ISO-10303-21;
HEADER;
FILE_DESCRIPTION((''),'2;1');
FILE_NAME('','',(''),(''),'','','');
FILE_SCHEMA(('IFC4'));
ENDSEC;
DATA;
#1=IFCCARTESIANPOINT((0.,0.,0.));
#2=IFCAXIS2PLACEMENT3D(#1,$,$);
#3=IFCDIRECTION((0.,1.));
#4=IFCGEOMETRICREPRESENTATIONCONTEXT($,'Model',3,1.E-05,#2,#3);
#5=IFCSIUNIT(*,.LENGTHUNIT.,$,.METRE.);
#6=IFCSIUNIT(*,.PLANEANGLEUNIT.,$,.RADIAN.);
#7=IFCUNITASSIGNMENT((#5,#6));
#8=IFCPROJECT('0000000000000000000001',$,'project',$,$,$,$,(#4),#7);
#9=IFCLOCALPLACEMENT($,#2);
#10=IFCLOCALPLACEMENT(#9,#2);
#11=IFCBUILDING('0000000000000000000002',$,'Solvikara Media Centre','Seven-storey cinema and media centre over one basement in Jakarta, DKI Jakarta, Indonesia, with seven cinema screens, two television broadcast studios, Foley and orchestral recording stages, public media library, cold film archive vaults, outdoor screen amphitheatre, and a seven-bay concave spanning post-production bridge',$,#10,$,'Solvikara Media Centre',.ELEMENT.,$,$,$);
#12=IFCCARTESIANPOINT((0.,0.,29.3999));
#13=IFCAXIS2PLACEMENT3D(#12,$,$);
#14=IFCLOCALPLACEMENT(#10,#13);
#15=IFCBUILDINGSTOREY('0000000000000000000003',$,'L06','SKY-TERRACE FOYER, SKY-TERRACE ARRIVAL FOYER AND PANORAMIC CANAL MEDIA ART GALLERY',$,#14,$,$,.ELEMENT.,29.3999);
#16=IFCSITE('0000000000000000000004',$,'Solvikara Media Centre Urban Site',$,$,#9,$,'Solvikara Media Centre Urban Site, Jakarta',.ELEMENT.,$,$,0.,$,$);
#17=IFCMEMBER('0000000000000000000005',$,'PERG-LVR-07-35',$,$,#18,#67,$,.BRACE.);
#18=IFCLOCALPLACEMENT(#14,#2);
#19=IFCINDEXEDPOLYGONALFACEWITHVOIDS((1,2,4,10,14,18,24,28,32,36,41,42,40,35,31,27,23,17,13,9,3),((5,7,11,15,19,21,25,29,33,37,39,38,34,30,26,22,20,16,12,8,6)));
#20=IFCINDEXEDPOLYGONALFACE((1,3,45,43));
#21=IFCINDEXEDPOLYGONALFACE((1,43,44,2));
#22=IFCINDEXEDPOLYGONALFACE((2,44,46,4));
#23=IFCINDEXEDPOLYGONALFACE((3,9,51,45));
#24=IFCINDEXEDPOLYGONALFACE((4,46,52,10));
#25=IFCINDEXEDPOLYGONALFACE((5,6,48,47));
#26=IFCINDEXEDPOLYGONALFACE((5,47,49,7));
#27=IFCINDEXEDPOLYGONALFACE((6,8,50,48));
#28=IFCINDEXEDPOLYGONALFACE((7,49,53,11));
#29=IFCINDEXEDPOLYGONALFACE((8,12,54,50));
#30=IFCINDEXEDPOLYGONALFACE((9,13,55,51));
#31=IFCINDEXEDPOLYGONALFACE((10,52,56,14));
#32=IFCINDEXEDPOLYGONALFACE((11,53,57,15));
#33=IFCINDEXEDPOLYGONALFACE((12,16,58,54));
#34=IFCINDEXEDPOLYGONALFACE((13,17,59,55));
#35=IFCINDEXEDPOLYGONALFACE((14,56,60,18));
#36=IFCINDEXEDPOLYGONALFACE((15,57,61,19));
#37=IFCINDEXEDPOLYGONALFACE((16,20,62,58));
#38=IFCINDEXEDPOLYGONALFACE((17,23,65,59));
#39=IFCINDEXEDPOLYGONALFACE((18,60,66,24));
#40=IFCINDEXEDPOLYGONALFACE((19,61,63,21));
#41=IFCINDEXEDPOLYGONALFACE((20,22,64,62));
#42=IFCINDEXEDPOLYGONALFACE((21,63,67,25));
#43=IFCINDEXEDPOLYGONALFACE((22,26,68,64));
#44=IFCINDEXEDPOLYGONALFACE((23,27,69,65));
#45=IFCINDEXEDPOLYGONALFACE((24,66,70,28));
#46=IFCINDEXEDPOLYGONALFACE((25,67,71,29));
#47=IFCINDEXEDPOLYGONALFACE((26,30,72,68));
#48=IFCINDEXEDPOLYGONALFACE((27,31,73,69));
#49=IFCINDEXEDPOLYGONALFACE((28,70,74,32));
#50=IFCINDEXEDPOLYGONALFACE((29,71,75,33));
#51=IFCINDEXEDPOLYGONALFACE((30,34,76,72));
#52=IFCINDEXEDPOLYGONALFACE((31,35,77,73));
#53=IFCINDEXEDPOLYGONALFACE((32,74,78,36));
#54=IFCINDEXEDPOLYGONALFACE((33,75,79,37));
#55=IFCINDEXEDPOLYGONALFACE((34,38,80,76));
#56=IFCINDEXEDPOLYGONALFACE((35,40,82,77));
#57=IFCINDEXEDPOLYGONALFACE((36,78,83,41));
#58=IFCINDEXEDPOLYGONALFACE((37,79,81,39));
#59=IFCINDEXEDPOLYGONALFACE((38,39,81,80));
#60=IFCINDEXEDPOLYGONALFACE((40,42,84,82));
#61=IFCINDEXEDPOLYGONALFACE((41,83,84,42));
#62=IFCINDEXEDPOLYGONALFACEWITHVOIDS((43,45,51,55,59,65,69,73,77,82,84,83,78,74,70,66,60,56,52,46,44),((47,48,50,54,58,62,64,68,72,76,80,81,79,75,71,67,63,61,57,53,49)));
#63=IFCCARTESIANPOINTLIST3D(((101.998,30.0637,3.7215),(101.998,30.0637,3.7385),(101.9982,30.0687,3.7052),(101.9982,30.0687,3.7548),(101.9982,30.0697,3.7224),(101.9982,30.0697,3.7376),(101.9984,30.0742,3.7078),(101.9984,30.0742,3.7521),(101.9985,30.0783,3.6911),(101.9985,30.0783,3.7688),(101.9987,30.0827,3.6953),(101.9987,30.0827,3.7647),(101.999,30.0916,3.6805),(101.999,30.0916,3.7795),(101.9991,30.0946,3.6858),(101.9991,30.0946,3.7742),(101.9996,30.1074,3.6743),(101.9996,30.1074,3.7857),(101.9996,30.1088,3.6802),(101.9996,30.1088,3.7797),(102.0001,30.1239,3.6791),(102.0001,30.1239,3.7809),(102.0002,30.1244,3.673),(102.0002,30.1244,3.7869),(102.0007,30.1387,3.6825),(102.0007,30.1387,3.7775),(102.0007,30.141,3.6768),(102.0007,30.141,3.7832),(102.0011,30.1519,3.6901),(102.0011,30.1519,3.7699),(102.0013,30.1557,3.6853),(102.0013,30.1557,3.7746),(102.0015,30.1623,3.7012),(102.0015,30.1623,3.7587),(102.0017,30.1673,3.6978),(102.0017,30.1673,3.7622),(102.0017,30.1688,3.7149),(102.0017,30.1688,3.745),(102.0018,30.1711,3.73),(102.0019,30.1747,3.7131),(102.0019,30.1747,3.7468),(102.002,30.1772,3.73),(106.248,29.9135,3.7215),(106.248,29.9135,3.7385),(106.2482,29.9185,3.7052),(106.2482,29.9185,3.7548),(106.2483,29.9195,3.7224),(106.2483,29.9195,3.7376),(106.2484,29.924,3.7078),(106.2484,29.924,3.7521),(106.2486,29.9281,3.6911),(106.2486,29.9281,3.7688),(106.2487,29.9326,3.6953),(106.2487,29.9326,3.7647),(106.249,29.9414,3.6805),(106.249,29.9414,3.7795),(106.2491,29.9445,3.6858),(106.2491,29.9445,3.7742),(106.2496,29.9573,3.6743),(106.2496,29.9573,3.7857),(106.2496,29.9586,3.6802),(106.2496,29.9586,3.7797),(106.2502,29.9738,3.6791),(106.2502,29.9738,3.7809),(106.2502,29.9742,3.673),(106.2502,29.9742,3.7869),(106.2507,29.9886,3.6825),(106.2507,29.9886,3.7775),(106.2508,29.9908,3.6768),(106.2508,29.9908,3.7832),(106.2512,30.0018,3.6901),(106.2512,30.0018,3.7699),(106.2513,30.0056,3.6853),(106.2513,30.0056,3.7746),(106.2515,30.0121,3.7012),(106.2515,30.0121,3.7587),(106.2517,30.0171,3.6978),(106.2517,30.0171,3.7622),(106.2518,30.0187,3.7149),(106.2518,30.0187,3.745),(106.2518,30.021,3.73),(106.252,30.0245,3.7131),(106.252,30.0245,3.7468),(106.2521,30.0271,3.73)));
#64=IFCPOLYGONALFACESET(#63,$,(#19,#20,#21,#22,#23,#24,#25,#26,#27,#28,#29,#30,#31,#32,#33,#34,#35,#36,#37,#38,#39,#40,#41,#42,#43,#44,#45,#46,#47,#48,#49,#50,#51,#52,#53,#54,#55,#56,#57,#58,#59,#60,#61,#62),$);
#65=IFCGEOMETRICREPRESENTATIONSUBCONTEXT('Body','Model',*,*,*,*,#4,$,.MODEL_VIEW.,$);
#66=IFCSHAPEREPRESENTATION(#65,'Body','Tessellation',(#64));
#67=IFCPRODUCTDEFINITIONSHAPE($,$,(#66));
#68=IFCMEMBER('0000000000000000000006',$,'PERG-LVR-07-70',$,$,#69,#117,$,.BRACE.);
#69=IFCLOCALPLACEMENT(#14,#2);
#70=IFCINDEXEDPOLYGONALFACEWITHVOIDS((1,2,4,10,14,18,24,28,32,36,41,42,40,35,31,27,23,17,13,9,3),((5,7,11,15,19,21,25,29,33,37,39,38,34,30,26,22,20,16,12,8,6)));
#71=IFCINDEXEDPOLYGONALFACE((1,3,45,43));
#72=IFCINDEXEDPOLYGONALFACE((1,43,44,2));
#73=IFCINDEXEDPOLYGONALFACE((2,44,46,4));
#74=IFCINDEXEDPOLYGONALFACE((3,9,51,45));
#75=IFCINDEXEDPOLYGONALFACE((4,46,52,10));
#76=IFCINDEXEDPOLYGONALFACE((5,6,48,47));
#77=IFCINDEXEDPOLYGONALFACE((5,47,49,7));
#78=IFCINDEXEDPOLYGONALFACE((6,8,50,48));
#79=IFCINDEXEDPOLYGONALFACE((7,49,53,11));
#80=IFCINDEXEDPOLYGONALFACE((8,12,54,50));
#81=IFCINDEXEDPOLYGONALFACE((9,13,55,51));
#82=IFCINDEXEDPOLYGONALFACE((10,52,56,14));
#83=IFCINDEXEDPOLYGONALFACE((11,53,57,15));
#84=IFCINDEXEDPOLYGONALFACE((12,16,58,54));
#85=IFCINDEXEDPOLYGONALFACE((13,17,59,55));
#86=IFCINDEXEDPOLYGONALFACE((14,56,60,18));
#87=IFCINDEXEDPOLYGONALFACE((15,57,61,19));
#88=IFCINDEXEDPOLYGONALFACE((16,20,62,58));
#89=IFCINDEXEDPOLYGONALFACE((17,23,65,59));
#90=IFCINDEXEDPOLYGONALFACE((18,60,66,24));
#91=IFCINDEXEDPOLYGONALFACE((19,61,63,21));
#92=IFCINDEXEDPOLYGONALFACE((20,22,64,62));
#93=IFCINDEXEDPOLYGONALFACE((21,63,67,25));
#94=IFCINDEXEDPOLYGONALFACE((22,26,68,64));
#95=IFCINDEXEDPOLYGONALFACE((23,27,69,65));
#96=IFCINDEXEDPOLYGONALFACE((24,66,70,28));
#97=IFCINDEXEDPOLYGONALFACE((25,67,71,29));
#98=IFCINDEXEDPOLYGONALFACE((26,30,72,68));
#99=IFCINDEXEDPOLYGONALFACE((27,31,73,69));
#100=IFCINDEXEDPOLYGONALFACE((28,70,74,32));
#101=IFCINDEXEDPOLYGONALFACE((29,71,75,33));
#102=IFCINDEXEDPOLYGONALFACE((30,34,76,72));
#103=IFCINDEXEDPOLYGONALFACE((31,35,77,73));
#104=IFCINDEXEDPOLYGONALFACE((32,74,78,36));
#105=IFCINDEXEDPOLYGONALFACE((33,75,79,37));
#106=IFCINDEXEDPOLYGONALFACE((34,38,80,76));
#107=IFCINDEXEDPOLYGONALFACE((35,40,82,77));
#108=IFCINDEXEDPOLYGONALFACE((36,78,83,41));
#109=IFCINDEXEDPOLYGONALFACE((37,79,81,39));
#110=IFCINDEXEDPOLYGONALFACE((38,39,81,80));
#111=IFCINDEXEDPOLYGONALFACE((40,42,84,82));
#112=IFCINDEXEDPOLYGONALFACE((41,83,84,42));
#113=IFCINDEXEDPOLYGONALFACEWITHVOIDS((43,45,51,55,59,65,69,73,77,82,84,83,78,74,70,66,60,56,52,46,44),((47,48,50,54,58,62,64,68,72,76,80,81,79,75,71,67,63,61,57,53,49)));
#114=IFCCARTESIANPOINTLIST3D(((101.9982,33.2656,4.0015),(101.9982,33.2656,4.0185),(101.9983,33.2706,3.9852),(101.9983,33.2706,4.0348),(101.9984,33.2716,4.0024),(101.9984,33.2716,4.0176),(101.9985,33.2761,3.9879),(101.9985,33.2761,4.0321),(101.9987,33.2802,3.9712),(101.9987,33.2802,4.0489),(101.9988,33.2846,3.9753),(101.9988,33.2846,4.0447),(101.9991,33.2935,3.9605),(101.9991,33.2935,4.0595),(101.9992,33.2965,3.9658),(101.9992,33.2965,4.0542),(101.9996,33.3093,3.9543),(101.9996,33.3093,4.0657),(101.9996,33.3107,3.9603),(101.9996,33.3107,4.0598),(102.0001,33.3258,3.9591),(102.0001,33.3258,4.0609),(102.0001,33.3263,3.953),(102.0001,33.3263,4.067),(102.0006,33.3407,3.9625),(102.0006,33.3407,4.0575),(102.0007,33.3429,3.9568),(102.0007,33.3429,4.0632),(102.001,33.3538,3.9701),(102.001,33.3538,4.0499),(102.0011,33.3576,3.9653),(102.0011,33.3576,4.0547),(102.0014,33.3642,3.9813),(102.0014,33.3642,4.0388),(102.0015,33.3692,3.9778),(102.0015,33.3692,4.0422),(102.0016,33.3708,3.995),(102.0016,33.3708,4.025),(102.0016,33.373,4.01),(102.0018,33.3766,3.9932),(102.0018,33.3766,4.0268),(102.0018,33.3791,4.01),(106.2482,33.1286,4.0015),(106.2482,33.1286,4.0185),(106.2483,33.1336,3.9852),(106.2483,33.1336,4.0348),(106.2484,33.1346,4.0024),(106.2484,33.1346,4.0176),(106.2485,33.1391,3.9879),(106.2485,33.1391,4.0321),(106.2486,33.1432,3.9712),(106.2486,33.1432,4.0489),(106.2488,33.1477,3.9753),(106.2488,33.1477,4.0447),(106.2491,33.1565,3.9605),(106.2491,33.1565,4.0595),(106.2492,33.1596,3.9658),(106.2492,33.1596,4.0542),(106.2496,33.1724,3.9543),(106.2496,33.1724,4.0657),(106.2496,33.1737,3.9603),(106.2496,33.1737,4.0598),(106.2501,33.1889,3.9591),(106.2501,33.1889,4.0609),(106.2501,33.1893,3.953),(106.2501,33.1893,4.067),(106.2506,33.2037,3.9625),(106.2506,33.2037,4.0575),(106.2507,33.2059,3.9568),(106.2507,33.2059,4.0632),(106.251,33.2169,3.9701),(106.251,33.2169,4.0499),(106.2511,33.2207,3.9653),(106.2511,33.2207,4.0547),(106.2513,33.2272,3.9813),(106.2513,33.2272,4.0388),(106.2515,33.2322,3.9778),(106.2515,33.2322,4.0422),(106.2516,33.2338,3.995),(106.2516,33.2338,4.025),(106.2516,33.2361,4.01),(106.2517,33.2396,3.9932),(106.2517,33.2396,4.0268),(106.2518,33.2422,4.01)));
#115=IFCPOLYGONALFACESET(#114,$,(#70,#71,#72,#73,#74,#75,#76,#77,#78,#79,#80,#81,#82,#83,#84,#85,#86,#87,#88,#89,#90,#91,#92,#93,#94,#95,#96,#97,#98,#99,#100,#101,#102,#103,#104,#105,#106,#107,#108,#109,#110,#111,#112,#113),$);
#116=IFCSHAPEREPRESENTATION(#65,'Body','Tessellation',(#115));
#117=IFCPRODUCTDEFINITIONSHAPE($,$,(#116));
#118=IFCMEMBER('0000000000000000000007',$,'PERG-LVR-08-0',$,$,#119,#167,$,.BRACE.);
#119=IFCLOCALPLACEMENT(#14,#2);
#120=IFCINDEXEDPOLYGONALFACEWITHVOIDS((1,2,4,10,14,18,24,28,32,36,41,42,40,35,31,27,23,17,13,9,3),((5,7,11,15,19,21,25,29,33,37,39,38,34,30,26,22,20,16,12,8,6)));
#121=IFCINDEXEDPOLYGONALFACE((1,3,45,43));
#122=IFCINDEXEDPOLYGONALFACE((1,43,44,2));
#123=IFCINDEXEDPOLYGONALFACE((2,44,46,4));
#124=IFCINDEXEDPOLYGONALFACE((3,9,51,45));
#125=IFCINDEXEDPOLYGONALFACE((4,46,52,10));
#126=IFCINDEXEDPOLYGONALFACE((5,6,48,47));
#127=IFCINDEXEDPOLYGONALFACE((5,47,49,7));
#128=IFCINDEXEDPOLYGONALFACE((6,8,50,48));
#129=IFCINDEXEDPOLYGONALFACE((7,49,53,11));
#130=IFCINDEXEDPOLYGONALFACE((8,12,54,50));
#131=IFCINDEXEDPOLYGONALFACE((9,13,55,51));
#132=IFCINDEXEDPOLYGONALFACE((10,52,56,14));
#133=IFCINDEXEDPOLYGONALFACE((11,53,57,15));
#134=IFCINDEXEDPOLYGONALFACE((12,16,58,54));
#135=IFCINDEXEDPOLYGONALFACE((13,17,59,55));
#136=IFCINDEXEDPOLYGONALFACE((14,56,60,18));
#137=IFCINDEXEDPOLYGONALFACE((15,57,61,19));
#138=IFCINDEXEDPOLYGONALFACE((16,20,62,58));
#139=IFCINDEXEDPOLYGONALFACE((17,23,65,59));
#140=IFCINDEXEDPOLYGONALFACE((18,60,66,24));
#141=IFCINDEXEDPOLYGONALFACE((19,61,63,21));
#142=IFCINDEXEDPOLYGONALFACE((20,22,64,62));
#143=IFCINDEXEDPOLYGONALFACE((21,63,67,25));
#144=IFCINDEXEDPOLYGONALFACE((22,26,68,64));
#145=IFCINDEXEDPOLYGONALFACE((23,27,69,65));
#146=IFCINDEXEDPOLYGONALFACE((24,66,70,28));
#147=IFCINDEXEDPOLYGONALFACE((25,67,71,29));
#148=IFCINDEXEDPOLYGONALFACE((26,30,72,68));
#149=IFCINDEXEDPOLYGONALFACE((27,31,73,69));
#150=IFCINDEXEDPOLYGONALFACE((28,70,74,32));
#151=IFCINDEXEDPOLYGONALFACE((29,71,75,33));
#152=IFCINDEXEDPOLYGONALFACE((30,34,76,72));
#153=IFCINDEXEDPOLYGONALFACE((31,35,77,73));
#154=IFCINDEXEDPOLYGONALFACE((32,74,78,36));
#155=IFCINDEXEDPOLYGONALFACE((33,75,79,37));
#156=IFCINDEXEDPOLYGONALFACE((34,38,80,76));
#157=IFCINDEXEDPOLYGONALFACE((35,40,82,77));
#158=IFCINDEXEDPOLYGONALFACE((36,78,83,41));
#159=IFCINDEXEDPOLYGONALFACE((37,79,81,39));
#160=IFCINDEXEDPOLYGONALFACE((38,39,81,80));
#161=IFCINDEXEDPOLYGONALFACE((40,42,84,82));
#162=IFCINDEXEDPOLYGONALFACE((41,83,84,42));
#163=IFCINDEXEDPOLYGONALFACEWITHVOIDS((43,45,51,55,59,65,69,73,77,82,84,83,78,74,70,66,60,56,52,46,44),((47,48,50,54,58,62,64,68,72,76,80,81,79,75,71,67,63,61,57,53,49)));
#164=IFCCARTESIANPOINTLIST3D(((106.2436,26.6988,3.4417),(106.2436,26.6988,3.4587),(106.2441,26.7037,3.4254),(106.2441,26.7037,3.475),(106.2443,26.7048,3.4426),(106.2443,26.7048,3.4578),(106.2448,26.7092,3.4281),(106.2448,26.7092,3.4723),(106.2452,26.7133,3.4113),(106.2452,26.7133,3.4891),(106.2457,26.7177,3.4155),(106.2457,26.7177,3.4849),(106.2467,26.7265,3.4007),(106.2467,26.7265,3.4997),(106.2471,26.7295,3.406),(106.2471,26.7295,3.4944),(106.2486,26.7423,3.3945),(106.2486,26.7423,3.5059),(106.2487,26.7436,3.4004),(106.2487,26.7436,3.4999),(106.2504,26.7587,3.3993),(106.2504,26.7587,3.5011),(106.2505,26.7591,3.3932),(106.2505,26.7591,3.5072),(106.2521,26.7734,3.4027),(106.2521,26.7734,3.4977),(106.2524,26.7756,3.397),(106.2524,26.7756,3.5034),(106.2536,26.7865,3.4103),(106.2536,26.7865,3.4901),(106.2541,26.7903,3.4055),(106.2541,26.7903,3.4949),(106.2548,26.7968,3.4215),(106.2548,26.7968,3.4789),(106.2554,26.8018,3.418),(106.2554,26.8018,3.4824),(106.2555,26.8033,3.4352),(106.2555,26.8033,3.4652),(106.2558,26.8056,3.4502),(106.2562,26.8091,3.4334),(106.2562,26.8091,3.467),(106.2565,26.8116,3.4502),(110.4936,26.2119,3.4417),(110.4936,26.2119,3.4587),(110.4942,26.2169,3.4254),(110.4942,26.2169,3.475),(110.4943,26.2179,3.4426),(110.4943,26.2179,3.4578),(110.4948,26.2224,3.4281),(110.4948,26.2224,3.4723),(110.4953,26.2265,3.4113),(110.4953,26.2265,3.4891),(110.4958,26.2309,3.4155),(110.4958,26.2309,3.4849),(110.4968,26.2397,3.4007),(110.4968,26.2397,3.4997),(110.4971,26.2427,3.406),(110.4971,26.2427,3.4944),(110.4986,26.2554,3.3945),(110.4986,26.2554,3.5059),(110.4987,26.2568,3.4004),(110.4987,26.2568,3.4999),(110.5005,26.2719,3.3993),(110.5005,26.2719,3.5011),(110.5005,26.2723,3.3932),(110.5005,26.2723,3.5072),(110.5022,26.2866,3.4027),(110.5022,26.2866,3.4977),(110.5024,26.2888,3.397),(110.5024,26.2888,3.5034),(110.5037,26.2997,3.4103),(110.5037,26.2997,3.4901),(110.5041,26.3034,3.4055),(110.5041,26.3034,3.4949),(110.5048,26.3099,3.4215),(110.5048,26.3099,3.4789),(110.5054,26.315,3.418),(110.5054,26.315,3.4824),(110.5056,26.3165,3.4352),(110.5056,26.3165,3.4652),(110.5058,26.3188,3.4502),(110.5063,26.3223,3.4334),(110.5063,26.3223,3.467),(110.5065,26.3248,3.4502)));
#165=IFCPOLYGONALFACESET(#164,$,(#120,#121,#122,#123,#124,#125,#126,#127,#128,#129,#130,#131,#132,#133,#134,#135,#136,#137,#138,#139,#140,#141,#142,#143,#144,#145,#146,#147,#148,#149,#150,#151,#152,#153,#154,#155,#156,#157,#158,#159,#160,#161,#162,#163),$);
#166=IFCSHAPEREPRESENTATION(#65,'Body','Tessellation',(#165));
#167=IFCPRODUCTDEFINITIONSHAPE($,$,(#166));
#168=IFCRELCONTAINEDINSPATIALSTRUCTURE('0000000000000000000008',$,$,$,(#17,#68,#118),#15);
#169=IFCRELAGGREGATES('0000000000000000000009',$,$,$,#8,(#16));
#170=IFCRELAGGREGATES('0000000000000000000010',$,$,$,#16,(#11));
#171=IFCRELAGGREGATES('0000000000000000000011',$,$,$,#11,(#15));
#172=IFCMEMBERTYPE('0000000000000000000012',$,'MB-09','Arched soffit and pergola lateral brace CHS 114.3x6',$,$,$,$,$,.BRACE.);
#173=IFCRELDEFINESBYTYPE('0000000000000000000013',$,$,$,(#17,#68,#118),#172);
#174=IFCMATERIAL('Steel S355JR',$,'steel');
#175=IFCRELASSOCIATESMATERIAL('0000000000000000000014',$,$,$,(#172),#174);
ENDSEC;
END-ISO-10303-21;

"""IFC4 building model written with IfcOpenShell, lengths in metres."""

from ifc_helpers import new_model, si_unit, direction, frame, origin, origin_2d, place, context, subcontext, project, spatial, hollow_circle, extrude, material, material_profile, profile_set, type_object, element, save


model = new_model("IFC4")

# Units and contexts
model_context = context("Model", 3, precision=1e-05, world=origin(), true_north=direction((0.0, 1.0)))
body_context = subcontext(model_context, "Body", "Model", "MODEL_VIEW")
ifc_project = project(units=[si_unit("LENGTHUNIT", "METRE"), si_unit("PLANEANGLEUNIT", "RADIAN")], contexts=[model_context])

# Site, building, storey
site_placement = place(None, origin())
site = spatial("IfcSite", under=ifc_project, at=site_placement, Name="Solvikara Media Centre Urban Site", LongName="Solvikara Media Centre Urban Site, Jakarta", CompositionType="ELEMENT", RefElevation=0.0)
building_placement = place(site_placement, origin())
building = spatial("IfcBuilding", under=site, at=building_placement, Name="Solvikara Media Centre", Description="Seven-storey cinema and media centre over one basement in Jakarta, DKI Jakarta, Indonesia, with seven cinema screens, two television broadcast studios, Foley and orchestral recording stages, public media library, cold film archive vaults, outdoor screen amphitheatre, and a seven-bay concave spanning post-production bridge", LongName="Solvikara Media Centre", CompositionType="ELEMENT")
storey_placement = place(building_placement, frame((0.0, 0.0, 29.3999)))
storey = spatial("IfcBuildingStorey", under=building, at=storey_placement, Name="L06", Description="SKY-TERRACE FOYER, SKY-TERRACE ARRIVAL FOYER AND PANORAMIC CANAL MEDIA ART GALLERY", CompositionType="ELEMENT", Elevation=29.3999)

# Shared definitions
ifc_material_1 = material(Name="Steel S355JR", Category="steel")

# Members
ifc_material_profile_1 = material_profile(ifc_material_1, hollow_circle(Radius=0.0571, WallThickness=0.0061, at=origin_2d()), Name="CHS 114.3x6")
ifc_profile_set_1 = profile_set([ifc_material_profile_1], Name="Steel S355JR")
member_type_1 = type_object("IfcMemberType", Name="MB-09", Description="Arched soffit and pergola lateral brace CHS 114.3x6", PredefinedType="BRACE", material=ifc_profile_set_1)
member_1_placement = place(storey_placement, frame((102.0, 30.1201, 3.73), z_axis=(0.999377, -0.035307, 0.0), x_axis=(0.035307, 0.999377, 0.0)))
element("IfcMember", 1, at=member_1_placement, inside=storey, type_object=member_type_1, Name="PERG-LVR-07-35", PredefinedType="BRACE", context=body_context, shape_type="SweptSolid", body=[
    extrude(hollow_circle(Radius=0.0571, WallThickness=0.0061, at=origin_2d()), origin(), (0.0, 0.0, 1.0), 4.2527),
])
member_2_placement = place(storey_placement, frame((102.0, 33.322, 4.01), z_axis=(0.999481, -0.03221, 0.0), x_axis=(0.03221, 0.999481, 0.0)))
element("IfcMember", 2, at=member_2_placement, inside=storey, type_object=member_type_1, Name="PERG-LVR-07-70", PredefinedType="BRACE", context=body_context, shape_type="SweptSolid", body=[
    extrude(hollow_circle(Radius=0.0571, WallThickness=0.0061, at=origin_2d()), origin(), (0.0, 0.0, 1.0), 4.2522),
])
member_3_placement = place(storey_placement, frame((106.25, 26.7549, 3.4502), z_axis=(0.993504, -0.113801, 0.0), x_axis=(0.113801, 0.993504, 0.0)))
element("IfcMember", 3, at=member_3_placement, inside=storey, type_object=member_type_1, Name="PERG-LVR-08-0", PredefinedType="BRACE", context=body_context, shape_type="SweptSolid", body=[
    extrude(hollow_circle(Radius=0.0571, WallThickness=0.0061, at=origin_2d()), origin(), (0.0, 0.0, 1.0), 4.2778),
])

save(model, "model.ifc")
